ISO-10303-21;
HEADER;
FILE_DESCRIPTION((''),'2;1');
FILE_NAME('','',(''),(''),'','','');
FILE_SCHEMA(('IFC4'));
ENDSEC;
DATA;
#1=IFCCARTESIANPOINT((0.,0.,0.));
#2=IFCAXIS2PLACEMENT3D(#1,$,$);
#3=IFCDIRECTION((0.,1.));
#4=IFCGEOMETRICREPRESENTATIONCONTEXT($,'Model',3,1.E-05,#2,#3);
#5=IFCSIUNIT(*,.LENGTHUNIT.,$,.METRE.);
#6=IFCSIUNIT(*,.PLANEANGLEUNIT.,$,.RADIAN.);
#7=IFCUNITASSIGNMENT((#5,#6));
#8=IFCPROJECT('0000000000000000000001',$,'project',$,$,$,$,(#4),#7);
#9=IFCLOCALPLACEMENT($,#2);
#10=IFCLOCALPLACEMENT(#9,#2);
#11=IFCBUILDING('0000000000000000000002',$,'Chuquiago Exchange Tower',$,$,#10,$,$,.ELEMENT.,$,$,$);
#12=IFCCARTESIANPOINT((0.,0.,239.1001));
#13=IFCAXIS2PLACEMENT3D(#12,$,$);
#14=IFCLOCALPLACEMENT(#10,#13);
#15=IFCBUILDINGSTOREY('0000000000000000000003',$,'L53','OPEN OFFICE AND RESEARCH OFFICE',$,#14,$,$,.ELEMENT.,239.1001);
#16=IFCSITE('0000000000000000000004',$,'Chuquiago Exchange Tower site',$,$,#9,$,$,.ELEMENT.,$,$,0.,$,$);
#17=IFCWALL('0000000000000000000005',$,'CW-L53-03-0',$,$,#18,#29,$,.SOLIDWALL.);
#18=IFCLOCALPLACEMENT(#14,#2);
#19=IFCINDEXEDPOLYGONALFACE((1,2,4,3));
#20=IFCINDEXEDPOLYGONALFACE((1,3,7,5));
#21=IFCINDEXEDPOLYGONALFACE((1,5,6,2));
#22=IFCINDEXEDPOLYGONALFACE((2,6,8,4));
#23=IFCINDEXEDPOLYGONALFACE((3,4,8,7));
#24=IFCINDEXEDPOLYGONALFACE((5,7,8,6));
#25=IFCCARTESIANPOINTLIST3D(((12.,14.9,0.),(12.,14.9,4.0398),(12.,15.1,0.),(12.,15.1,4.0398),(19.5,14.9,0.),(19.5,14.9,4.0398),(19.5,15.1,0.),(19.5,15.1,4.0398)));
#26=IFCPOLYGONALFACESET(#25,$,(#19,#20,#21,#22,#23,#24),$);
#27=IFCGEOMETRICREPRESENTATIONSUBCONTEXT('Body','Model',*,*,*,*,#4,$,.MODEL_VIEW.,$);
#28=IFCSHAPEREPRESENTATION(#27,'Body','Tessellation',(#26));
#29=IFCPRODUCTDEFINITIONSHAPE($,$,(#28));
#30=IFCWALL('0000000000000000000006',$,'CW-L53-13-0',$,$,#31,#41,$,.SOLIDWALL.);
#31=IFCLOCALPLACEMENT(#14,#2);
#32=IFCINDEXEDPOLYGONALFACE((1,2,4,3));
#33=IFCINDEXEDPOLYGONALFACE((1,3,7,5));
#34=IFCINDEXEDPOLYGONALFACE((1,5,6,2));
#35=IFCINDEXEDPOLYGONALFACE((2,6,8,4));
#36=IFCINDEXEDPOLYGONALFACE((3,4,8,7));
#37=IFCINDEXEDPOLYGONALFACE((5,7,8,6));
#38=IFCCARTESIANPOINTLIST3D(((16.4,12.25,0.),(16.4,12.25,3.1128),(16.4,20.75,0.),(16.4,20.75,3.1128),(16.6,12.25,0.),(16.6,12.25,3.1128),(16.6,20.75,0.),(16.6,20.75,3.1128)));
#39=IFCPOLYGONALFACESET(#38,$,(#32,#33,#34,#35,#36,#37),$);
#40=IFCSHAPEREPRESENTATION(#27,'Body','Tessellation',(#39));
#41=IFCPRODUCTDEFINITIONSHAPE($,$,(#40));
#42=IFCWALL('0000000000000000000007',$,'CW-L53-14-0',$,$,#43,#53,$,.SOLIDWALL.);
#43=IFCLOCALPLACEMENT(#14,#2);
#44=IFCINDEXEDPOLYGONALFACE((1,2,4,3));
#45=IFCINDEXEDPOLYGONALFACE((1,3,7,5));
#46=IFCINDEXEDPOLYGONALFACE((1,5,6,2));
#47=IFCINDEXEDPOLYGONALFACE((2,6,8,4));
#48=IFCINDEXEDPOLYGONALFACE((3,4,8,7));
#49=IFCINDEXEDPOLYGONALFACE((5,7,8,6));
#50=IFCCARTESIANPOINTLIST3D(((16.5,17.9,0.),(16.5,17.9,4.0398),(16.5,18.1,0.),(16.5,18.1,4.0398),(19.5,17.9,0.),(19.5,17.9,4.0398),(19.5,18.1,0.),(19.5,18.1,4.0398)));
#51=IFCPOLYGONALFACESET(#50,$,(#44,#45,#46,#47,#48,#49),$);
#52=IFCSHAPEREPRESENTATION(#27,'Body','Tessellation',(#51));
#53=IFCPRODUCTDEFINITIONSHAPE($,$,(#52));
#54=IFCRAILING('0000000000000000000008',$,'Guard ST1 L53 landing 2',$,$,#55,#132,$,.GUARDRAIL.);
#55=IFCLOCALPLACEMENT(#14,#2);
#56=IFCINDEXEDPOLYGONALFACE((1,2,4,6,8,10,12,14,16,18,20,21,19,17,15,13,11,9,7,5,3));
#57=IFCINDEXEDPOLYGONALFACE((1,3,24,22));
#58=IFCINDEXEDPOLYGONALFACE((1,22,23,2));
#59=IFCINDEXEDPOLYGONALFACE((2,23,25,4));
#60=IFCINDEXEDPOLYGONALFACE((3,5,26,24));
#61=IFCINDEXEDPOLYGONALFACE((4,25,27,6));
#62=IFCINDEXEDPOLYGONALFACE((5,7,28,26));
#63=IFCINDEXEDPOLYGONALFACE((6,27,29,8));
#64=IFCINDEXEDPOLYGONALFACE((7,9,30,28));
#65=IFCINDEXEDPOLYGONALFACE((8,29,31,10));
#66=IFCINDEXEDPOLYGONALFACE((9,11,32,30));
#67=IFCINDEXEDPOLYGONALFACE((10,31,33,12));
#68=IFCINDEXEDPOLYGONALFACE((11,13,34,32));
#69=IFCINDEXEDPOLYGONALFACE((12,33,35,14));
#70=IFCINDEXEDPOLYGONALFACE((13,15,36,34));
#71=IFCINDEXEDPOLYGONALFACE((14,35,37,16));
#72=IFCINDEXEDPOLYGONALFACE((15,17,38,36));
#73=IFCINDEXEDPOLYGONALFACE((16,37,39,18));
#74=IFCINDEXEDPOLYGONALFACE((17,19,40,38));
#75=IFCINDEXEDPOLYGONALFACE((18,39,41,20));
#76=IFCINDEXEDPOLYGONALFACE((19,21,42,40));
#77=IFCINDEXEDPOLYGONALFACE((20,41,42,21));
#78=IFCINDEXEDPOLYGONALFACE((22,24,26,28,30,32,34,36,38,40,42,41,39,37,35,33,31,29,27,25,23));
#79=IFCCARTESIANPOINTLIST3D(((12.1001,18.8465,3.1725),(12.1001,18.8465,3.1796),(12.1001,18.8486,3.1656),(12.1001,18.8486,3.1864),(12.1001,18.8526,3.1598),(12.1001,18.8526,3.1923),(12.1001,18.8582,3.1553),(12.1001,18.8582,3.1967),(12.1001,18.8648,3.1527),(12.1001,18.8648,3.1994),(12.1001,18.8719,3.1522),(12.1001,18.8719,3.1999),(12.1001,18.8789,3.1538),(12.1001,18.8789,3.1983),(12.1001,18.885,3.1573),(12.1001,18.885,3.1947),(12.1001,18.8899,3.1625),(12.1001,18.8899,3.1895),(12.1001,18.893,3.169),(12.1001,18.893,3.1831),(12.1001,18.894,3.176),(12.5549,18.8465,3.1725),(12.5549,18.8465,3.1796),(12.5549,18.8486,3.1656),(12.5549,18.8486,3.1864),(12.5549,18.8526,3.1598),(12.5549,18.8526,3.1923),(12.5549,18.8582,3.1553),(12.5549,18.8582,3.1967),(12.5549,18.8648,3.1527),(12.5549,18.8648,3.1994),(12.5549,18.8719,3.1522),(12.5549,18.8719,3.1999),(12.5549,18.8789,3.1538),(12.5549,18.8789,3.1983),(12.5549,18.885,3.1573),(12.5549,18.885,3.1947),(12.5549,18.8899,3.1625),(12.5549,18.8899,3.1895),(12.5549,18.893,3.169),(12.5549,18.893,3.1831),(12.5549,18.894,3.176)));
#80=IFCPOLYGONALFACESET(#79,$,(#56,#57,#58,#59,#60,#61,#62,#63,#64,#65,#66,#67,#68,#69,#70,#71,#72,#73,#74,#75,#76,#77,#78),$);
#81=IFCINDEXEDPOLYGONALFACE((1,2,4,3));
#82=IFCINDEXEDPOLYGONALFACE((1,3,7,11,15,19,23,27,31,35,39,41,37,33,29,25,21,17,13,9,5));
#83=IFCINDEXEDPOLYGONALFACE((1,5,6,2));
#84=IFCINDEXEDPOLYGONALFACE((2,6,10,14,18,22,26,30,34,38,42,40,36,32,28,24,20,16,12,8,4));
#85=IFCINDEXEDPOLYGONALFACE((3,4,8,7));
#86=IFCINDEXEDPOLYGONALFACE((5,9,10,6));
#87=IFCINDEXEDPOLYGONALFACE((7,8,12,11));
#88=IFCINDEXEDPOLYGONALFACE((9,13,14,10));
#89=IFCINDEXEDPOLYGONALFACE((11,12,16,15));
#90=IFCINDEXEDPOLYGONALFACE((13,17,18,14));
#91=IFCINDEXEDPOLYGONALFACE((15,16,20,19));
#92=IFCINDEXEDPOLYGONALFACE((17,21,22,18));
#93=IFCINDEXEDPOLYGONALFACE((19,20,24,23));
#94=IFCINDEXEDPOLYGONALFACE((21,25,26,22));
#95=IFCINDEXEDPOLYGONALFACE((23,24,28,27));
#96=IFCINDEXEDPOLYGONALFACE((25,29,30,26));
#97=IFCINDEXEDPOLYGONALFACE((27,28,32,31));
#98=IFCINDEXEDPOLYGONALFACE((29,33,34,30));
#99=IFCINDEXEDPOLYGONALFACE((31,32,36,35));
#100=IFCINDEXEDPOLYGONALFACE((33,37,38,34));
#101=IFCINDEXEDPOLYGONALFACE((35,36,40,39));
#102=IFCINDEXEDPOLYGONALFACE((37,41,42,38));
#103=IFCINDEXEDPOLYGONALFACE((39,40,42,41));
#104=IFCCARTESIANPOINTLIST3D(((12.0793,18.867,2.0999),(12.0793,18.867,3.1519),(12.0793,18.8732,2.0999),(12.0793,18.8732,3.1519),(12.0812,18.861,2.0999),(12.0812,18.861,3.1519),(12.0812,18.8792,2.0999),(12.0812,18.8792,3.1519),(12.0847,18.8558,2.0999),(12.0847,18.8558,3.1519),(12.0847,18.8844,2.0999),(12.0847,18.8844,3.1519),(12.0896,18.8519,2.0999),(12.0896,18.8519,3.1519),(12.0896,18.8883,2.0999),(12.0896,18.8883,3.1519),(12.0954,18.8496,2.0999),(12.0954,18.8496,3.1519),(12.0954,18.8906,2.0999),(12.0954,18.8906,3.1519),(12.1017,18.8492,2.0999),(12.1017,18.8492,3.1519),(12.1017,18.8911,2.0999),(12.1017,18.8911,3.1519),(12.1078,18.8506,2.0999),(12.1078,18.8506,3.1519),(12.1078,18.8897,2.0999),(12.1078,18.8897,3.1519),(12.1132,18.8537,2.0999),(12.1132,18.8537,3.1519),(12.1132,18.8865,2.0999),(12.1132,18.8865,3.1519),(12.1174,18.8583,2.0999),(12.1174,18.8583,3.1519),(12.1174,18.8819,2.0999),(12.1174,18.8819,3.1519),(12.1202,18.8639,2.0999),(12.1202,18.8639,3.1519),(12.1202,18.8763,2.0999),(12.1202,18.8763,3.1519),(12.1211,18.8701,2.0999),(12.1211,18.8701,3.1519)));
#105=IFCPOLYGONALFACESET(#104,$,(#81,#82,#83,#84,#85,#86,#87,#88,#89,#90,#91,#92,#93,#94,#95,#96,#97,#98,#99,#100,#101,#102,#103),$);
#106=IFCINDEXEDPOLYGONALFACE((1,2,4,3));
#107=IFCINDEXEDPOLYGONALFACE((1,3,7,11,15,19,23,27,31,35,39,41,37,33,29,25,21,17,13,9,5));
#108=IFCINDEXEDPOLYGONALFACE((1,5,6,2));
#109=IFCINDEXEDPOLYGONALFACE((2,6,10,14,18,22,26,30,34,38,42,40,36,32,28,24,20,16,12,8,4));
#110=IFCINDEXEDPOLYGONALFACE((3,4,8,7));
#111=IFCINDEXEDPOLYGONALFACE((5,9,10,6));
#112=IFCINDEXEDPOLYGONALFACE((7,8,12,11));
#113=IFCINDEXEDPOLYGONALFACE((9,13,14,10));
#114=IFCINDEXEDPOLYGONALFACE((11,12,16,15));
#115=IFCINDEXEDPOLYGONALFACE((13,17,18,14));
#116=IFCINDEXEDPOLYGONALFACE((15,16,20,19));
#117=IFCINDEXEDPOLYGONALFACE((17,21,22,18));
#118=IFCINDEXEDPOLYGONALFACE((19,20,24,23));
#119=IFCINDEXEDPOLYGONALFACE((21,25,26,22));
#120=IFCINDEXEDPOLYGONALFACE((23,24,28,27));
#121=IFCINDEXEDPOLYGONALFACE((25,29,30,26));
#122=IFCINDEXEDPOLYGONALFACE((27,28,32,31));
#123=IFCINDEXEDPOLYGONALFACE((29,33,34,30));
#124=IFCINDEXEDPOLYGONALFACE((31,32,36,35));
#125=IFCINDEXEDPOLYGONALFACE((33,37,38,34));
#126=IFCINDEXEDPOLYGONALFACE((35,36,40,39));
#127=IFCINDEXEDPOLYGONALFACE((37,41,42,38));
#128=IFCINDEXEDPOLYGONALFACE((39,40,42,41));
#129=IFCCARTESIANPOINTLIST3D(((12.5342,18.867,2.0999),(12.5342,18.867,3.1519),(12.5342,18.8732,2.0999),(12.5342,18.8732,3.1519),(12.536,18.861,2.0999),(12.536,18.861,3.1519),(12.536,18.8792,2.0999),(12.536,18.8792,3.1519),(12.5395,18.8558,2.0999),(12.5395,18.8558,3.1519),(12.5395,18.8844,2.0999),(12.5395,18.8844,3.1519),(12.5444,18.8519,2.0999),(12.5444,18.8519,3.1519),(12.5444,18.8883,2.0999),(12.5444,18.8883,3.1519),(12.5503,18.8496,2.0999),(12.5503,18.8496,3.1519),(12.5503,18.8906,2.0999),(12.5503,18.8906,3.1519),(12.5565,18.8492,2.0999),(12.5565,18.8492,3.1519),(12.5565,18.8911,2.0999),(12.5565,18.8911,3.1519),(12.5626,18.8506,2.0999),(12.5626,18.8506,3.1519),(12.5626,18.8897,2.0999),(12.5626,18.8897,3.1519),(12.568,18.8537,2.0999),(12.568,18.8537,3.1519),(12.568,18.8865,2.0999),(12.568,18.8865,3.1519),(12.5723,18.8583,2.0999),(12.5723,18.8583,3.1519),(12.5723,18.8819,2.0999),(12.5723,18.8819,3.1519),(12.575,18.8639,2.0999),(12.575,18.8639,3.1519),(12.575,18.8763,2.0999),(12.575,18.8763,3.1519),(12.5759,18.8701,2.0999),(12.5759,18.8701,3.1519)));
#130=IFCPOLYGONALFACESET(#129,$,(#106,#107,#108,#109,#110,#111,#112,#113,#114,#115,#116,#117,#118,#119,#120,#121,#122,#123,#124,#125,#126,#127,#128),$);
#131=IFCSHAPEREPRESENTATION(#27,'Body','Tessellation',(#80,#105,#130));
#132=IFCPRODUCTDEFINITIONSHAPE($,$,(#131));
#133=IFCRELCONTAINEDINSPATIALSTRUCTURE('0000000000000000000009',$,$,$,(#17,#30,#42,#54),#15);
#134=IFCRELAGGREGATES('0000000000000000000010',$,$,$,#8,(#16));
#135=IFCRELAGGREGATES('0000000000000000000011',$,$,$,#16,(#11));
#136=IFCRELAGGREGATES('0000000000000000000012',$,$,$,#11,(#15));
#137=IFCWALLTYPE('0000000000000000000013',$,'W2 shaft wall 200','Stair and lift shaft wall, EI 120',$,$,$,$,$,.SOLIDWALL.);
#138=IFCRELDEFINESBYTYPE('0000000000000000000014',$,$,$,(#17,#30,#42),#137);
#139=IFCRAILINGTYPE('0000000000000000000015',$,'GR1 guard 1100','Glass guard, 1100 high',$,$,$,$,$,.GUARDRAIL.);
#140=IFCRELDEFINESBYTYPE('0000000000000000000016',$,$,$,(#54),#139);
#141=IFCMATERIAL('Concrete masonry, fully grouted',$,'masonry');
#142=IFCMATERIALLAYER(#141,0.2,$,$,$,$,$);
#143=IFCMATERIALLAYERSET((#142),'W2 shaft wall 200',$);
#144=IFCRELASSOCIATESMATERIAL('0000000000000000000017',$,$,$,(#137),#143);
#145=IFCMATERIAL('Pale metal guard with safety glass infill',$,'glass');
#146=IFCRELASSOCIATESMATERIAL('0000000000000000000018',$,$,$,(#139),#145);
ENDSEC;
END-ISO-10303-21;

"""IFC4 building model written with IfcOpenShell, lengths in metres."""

from ifc_helpers import new_model, si_unit, direction, frame, frame_2d, origin, origin_2d, place, context, subcontext, project, spatial, rectangle, circle, extrude, material, layer, layer_set, type_object, element, save


model = new_model("IFC4")

# Units and contexts
model_context = context("Model", 3, precision=1e-05, world=origin(), true_north=direction((0.0, 1.0)))
body_context = subcontext(model_context, "Body", "Model", "MODEL_VIEW")
ifc_project = project(units=[si_unit("LENGTHUNIT", "METRE"), si_unit("PLANEANGLEUNIT", "RADIAN")], contexts=[model_context])

# Site, building, storey
site_placement = place(None, origin())
site = spatial("IfcSite", under=ifc_project, at=site_placement, Name="Chuquiago Exchange Tower site", CompositionType="ELEMENT", RefElevation=0.0)
building_placement = place(site_placement, origin())
building = spatial("IfcBuilding", under=site, at=building_placement, Name="Chuquiago Exchange Tower", CompositionType="ELEMENT")
storey_placement = place(building_placement, frame((0.0, 0.0, 239.1001)))
storey = spatial("IfcBuildingStorey", under=building, at=storey_placement, Name="L53", Description="OPEN OFFICE AND RESEARCH OFFICE", CompositionType="ELEMENT", Elevation=239.1001)

# Walls
ifc_material_1 = material(Name="Concrete masonry, fully grouted", Category="masonry")
ifc_layer_1 = layer(ifc_material_1, 0.2)
ifc_layer_set_1 = layer_set([ifc_layer_1], Name="W2 shaft wall 200")
wall_type_1 = type_object("IfcWallType", Name="W2 shaft wall 200", Description="Stair and lift shaft wall, EI 120", PredefinedType="SOLIDWALL", material=ifc_layer_set_1)
wall_1_placement = place(storey_placement, frame((12.0, 15.0, 0.0), z_axis=(0.0, 0.0, 1.0), x_axis=(1.0, 0.0, 0.0)))
element("IfcWall", 1, at=wall_1_placement, inside=storey, type_object=wall_type_1, Name="CW-L53-03-0", PredefinedType="SOLIDWALL", context=body_context, shape_type="SweptSolid", body=[
    extrude(rectangle(XDim=7.5, YDim=0.2, at=frame_2d((3.75, 0.0))), origin(), (0.0, 0.0, 1.0), 4.0398),
])
wall_2_placement = place(storey_placement, frame((16.5, 12.25, 0.0), z_axis=(0.0, 0.0, 1.0), x_axis=(0.0, 1.0, 0.0)))
element("IfcWall", 2, at=wall_2_placement, inside=storey, type_object=wall_type_1, Name="CW-L53-13-0", PredefinedType="SOLIDWALL", context=body_context, shape_type="SweptSolid", body=[
    extrude(rectangle(XDim=8.5, YDim=0.2, at=frame_2d((4.25, 0.0))), origin(), (0.0, 0.0, 1.0), 3.1128),
])
wall_3_placement = place(storey_placement, frame((16.5, 18.0, 0.0), z_axis=(0.0, 0.0, 1.0), x_axis=(1.0, 0.0, 0.0)))
element("IfcWall", 3, at=wall_3_placement, inside=storey, type_object=wall_type_1, Name="CW-L53-14-0", PredefinedType="SOLIDWALL", context=body_context, shape_type="SweptSolid", body=[
    extrude(rectangle(XDim=3.0, YDim=0.2, at=frame_2d((1.5, 0.0))), origin(), (0.0, 0.0, 1.0), 4.0398),
])

# Railing
ifc_material_2 = material(Name="Pale metal guard with safety glass infill", Category="glass")
railing_type = type_object("IfcRailingType", Name="GR1 guard 1100", Description="Glass guard, 1100 high", PredefinedType="GUARDRAIL", material=ifc_material_2)
railing_placement = place(storey_placement, frame((12.1001, 18.8701, 2.0999)))
element("IfcRailing", 4, at=railing_placement, inside=storey, type_object=railing_type, Name="Guard ST1 L53 landing 2", PredefinedType="GUARDRAIL", context=body_context, shape_type="SweptSolid", body=[
    extrude(circle(Radius=0.0239, at=origin_2d()), frame((0.0, 0.0, 1.0762), z_axis=(1.0, 0.0, 0.0), x_axis=(0.0, 1.0, 0.0)), (0.0, 0.0, 1.0), 0.4548),
    extrude(circle(Radius=0.021, at=origin_2d()), origin(), (0.0, 0.0, 1.0), 1.052),
    extrude(circle(Radius=0.021, at=origin_2d()), frame((0.4548, 0.0, 0.0)), (0.0, 0.0, 1.0), 1.052),
])

save(model, "model.ifc")
